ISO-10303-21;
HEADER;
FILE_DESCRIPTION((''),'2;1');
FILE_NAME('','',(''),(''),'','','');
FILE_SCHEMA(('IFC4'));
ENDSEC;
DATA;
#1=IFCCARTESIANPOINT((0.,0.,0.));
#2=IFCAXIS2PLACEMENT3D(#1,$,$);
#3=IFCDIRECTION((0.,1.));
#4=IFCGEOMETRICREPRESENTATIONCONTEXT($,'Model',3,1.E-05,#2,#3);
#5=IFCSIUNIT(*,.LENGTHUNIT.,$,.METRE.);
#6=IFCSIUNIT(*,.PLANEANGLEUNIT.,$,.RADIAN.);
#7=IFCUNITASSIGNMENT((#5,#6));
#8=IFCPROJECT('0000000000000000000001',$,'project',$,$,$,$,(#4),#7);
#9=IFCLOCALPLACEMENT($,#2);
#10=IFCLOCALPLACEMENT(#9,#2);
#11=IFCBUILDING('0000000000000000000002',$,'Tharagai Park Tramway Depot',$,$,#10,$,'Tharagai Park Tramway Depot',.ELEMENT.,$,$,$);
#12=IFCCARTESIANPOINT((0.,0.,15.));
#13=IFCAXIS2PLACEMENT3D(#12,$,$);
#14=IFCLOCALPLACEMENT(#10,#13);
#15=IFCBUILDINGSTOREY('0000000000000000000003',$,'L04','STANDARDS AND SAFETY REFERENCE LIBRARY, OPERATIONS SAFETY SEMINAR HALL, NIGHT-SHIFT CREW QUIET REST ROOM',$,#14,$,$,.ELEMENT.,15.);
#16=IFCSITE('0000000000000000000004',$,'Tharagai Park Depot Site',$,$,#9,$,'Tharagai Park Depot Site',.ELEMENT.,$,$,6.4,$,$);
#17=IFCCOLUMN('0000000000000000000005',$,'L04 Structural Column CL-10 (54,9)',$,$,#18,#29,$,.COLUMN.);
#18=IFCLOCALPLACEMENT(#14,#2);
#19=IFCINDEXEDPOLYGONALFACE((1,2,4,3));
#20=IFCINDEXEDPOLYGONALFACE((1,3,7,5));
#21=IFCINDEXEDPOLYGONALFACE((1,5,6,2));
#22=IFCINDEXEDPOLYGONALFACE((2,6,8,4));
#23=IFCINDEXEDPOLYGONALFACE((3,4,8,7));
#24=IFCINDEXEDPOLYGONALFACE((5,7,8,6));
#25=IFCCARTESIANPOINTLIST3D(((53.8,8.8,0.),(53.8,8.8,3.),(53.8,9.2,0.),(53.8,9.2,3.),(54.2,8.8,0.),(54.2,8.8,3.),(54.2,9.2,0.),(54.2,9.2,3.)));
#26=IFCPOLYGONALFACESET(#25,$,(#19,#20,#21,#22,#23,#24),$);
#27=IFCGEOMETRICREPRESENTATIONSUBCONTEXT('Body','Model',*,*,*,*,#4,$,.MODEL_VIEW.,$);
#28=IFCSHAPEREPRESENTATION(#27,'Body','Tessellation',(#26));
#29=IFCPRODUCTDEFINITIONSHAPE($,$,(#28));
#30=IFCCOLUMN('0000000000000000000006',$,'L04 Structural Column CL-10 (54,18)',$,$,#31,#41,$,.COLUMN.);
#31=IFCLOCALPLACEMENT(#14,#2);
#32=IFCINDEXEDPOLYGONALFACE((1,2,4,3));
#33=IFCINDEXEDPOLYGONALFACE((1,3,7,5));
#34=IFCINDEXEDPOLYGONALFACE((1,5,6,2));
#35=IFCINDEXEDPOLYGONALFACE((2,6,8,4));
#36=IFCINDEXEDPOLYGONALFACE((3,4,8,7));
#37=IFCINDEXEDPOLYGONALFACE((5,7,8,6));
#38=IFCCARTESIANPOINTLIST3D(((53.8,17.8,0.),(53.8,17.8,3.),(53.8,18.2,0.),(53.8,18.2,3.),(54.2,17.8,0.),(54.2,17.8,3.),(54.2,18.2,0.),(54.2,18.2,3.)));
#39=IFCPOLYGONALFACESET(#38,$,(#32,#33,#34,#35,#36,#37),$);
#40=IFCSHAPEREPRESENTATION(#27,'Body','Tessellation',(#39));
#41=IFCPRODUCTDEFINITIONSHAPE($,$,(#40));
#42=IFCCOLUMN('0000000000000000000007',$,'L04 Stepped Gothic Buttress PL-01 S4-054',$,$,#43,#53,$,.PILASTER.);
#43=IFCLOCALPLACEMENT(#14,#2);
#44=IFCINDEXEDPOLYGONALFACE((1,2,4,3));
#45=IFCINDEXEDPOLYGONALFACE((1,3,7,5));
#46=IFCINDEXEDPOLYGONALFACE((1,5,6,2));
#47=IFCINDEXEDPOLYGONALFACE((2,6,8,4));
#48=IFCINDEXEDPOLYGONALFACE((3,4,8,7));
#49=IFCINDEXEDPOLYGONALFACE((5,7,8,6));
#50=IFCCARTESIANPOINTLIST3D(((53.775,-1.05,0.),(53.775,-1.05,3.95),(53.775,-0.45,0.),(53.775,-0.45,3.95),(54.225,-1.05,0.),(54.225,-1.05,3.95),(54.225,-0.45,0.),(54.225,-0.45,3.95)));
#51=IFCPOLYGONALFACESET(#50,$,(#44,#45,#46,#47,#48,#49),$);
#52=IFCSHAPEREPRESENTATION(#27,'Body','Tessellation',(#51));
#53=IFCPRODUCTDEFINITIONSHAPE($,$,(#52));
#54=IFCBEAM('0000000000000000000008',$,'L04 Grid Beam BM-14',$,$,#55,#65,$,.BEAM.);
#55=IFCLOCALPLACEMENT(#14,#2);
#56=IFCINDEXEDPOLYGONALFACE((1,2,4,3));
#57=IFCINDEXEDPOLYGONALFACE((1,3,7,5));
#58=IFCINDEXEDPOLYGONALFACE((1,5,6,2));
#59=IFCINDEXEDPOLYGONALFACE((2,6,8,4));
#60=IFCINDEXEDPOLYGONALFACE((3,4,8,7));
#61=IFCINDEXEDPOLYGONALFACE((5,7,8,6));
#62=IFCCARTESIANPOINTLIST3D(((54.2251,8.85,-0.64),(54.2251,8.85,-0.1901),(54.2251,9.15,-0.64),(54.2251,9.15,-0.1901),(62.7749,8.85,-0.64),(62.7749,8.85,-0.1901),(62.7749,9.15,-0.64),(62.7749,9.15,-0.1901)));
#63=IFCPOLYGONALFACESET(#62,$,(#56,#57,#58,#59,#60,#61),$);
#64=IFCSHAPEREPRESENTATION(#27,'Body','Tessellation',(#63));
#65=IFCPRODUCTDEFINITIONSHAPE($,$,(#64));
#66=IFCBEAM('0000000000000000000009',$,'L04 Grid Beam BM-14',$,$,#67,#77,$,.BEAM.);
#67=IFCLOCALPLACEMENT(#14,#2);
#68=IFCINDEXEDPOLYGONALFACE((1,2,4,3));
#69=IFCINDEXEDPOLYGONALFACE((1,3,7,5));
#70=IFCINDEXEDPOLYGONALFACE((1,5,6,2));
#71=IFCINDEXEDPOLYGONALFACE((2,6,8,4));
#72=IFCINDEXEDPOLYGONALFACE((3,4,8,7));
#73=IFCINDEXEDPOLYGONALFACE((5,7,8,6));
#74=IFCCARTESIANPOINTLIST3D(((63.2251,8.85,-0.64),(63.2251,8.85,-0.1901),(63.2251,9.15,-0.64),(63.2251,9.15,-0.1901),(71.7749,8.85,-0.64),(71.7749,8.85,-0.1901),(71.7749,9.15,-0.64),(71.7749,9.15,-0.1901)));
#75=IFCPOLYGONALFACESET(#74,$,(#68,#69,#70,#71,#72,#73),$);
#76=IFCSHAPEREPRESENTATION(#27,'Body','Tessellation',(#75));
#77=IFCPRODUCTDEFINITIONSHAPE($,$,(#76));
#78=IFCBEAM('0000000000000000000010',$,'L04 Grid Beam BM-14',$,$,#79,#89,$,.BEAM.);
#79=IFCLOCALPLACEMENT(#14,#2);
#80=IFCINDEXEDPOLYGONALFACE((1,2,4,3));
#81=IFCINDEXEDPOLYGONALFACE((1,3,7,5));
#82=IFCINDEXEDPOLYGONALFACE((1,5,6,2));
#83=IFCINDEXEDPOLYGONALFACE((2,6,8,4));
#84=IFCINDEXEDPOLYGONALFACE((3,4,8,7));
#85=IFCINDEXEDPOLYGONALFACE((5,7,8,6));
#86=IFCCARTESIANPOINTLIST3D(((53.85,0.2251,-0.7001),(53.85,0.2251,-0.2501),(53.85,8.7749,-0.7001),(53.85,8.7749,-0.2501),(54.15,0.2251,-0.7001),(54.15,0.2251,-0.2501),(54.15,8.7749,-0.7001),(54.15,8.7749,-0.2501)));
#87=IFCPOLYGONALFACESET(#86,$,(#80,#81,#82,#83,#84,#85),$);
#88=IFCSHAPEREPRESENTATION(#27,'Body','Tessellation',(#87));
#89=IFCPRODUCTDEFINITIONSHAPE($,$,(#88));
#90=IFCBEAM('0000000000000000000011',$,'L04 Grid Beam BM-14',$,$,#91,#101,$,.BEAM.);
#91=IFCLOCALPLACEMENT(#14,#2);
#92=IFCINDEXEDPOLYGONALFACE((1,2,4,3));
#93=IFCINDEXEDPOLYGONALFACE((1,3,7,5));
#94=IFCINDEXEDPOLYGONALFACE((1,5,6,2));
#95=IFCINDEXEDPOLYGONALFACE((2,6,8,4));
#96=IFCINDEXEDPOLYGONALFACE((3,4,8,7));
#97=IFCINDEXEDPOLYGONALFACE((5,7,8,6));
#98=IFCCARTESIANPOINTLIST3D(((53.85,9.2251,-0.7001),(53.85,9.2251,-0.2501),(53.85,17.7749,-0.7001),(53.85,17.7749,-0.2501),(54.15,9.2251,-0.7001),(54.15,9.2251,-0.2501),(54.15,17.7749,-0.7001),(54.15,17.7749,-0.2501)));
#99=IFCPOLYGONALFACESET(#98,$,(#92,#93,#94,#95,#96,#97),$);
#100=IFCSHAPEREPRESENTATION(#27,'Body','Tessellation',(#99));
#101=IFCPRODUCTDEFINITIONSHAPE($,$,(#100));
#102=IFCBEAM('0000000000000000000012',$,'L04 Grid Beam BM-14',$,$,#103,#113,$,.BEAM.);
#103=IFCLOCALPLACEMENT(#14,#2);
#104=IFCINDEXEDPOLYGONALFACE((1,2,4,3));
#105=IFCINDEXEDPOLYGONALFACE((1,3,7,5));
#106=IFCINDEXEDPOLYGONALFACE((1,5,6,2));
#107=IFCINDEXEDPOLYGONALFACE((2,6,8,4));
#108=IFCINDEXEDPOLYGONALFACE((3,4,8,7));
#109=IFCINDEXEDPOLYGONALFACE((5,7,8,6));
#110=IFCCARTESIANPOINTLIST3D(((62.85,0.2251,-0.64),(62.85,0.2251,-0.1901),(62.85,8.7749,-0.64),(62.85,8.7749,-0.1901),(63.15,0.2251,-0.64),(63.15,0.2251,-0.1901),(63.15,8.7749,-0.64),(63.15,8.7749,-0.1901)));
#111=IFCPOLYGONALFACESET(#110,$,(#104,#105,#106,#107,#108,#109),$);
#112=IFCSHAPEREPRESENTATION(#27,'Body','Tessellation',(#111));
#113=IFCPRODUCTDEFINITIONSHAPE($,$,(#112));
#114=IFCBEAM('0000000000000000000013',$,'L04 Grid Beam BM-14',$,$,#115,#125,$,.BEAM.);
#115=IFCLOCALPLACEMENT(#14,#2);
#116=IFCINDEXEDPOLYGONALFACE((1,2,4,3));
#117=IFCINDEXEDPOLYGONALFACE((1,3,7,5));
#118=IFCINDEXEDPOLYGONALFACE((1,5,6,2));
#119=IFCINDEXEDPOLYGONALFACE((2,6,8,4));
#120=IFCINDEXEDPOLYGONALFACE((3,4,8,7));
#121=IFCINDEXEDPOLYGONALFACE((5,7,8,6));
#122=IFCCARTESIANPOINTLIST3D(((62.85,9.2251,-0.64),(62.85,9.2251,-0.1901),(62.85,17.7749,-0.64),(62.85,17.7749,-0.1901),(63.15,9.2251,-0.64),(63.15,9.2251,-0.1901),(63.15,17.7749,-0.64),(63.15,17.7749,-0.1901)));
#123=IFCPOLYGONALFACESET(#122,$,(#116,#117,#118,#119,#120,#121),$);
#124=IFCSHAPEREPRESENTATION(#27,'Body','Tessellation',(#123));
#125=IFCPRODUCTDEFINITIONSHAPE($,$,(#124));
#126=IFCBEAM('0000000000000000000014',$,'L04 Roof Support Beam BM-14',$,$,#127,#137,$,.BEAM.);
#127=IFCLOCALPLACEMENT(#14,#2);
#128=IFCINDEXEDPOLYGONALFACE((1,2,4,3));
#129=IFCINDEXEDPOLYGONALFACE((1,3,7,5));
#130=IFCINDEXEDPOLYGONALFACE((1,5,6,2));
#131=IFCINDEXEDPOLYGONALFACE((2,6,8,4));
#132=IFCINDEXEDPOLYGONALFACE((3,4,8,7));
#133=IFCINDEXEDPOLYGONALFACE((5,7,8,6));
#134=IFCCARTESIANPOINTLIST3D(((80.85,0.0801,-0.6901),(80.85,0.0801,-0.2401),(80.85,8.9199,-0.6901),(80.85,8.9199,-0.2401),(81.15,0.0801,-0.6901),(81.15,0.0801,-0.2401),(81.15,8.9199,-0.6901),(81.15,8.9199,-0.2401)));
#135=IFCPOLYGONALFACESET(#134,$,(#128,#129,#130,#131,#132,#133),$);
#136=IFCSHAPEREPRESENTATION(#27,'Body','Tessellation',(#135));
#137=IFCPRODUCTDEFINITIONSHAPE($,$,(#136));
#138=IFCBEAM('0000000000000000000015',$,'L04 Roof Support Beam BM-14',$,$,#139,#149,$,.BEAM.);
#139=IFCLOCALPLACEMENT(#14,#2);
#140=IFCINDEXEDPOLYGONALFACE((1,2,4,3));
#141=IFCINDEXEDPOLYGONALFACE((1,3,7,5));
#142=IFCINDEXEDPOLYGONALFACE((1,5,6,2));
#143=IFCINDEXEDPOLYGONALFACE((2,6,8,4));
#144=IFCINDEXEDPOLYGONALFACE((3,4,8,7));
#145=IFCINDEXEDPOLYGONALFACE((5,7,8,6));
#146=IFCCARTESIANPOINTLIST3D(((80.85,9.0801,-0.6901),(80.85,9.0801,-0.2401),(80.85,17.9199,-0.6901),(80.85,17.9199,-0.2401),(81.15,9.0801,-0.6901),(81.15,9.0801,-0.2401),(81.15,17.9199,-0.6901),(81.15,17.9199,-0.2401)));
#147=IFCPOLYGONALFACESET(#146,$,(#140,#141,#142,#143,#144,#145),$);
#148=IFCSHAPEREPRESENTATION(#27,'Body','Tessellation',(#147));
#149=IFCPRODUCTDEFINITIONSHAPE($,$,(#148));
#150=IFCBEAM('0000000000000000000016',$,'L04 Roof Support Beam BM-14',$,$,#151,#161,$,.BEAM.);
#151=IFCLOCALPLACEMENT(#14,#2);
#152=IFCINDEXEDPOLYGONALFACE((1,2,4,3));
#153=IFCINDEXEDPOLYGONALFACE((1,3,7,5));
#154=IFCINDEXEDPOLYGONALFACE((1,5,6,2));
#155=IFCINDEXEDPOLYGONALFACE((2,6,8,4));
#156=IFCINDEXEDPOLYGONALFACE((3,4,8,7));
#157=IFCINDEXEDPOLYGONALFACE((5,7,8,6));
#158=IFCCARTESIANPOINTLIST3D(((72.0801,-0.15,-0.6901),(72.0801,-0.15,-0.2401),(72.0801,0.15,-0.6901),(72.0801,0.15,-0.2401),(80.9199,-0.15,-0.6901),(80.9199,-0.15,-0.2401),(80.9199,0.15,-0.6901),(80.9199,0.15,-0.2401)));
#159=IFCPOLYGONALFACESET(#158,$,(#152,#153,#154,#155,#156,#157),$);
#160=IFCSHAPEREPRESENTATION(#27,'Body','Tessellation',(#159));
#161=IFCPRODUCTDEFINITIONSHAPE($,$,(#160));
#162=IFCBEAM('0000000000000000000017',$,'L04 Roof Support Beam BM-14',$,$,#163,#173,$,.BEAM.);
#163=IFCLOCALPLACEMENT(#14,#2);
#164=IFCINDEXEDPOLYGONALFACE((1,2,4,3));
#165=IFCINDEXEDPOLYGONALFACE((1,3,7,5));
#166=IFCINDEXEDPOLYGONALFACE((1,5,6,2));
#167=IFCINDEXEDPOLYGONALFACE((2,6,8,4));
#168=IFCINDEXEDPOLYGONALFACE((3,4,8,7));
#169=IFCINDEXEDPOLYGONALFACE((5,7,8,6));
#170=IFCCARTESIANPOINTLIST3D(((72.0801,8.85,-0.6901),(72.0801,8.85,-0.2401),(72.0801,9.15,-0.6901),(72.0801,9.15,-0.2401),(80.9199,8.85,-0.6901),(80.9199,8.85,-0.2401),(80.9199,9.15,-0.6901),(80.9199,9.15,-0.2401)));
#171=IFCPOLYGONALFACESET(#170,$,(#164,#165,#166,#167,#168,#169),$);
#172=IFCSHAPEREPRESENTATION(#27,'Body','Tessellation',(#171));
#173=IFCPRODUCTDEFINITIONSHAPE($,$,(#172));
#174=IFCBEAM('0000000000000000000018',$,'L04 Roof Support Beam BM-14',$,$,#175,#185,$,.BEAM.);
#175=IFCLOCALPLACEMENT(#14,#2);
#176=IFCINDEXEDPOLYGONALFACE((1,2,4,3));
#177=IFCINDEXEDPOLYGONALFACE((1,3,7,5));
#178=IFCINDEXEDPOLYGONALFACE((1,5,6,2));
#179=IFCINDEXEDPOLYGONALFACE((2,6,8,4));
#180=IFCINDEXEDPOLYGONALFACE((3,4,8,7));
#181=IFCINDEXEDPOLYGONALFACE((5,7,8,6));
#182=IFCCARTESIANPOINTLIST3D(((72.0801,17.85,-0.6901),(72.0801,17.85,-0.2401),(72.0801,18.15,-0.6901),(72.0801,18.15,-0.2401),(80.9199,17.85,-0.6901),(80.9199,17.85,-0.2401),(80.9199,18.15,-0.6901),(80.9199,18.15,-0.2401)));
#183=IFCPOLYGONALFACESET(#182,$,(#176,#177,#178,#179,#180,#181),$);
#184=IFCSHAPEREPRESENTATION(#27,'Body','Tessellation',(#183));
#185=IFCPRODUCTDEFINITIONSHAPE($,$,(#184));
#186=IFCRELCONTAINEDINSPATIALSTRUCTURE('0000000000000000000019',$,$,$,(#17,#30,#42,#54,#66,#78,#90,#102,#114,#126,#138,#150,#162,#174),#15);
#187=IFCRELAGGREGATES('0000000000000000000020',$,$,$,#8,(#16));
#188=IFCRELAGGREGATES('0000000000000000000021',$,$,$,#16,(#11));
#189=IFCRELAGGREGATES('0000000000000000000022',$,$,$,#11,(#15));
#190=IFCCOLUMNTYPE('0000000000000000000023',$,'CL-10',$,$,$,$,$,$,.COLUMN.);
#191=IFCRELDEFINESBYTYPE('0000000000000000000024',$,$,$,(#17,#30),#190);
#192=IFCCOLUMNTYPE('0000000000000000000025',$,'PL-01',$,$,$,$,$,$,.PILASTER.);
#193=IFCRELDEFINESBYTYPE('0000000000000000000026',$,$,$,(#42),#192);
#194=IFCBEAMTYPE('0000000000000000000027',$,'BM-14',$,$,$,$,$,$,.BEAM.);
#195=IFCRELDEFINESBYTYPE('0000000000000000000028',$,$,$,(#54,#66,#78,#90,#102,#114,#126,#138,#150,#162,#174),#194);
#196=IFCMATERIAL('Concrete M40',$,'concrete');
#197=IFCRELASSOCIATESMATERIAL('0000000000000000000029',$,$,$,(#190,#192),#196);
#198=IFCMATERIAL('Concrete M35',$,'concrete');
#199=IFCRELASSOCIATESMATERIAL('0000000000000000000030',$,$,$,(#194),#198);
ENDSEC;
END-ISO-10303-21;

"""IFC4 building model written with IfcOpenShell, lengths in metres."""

from ifc_helpers import new_model, si_unit, direction, frame, origin, origin_2d, place, context, subcontext, project, spatial, rectangle, extrude, material, material_profile, profile_set, type_object, element, save


model = new_model("IFC4")

# Units and contexts
model_context = context("Model", 3, precision=1e-05, world=origin(), true_north=direction((0.0, 1.0)))
body_context = subcontext(model_context, "Body", "Model", "MODEL_VIEW")
ifc_project = project(units=[si_unit("LENGTHUNIT", "METRE"), si_unit("PLANEANGLEUNIT", "RADIAN")], contexts=[model_context])

# Site, building, storey
site_placement = place(None, origin())
site = spatial("IfcSite", under=ifc_project, at=site_placement, Name="Tharagai Park Depot Site", LongName="Tharagai Park Depot Site", CompositionType="ELEMENT", RefElevation=6.4)
building_placement = place(site_placement, origin())
building = spatial("IfcBuilding", under=site, at=building_placement, Name="Tharagai Park Tramway Depot", LongName="Tharagai Park Tramway Depot", CompositionType="ELEMENT")
storey_placement = place(building_placement, frame((0.0, 0.0, 15.0)))
storey = spatial("IfcBuildingStorey", under=building, at=storey_placement, Name="L04", Description="STANDARDS AND SAFETY REFERENCE LIBRARY, OPERATIONS SAFETY SEMINAR HALL, NIGHT-SHIFT CREW QUIET REST ROOM", CompositionType="ELEMENT", Elevation=15.0)

# Columns
ifc_material_1 = material(Name="Concrete M40", Category="concrete")
ifc_material_profile_1 = material_profile(ifc_material_1, rectangle(XDim=0.3999, YDim=0.3999, at=origin_2d()), Name="RC 400x400")
ifc_profile_set_1 = profile_set([ifc_material_profile_1], Name="Concrete M40")
column_type_1 = type_object("IfcColumnType", Name="CL-10", PredefinedType="COLUMN", material=ifc_profile_set_1)
for number, where, z_axis, x_axis, name in (
    (1, (54.0, 9.0, 0.0), (0.0, 0.0, 1.0), (1.0, 0.0, 0.0), "L04 Structural Column CL-10 (54,9)"),
    (2, (54.0, 18.0, 0.0), (0.0, 0.0, 1.0), (1.0, 0.0, 0.0), "L04 Structural Column CL-10 (54,18)"),
):
    element("IfcColumn", number, at=place(storey_placement, frame(where, z_axis=z_axis, x_axis=x_axis)), inside=storey, type_object=column_type_1, Name=name, PredefinedType="COLUMN", context=body_context, shape_type="SweptSolid", body=[
        extrude(rectangle(XDim=0.3999, YDim=0.3999, at=origin_2d()), origin(), (0.0, 0.0, 1.0), 3.0),
    ])
ifc_material_profile_2 = material_profile(ifc_material_1, rectangle(XDim=0.45, YDim=0.6001, at=origin_2d()), Name="RC 450x600")
ifc_profile_set_2 = profile_set([ifc_material_profile_2], Name="Concrete M40")
column_type_2 = type_object("IfcColumnType", Name="PL-01", PredefinedType="PILASTER", material=ifc_profile_set_2)
column_placement = place(storey_placement, frame((54.0, -0.75, 0.0), z_axis=(0.0, 0.0, 1.0), x_axis=(1.0, 0.0, 0.0)))
element("IfcColumn", 3, at=column_placement, inside=storey, type_object=column_type_2, Name="L04 Stepped Gothic Buttress PL-01 S4-054", PredefinedType="PILASTER", context=body_context, shape_type="SweptSolid", body=[
    extrude(rectangle(XDim=0.45, YDim=0.6001, at=origin_2d()), origin(), (0.0, 0.0, 1.0), 3.95),
])

# Beams
ifc_material_2 = material(Name="Concrete M35", Category="concrete")
ifc_material_profile_3 = material_profile(ifc_material_2, rectangle(XDim=0.3, YDim=0.45, at=origin_2d()), Name="RC 300x450")
ifc_profile_set_3 = profile_set([ifc_material_profile_3], Name="Concrete M35")
beam_type_1 = type_object("IfcBeamType", Name="BM-14", PredefinedType="BEAM", material=ifc_profile_set_3)
for number, where, z_axis, x_axis, name in (
    (4, (54.2251, 9.0, -0.415), (1.0, 0.0, 0.0), (0.0, 1.0, 0.0), "L04 Grid Beam BM-14"),
    (5, (63.2251, 9.0, -0.415), (1.0, 0.0, 0.0), (0.0, 1.0, 0.0), "L04 Grid Beam BM-14"),
    (6, (54.0, 0.2251, -0.4751), (0.0, 1.0, 0.0), (-1.0, 0.0, 0.0), "L04 Grid Beam BM-14"),
    (7, (54.0, 9.2251, -0.4751), (0.0, 1.0, 0.0), (-1.0, 0.0, 0.0), "L04 Grid Beam BM-14"),
    (8, (63.0, 0.2251, -0.415), (0.0, 1.0, 0.0), (-1.0, 0.0, 0.0), "L04 Grid Beam BM-14"),
    (9, (63.0, 9.2251, -0.415), (0.0, 1.0, 0.0), (-1.0, 0.0, 0.0), "L04 Grid Beam BM-14"),
):
    element("IfcBeam", number, at=place(storey_placement, frame(where, z_axis=z_axis, x_axis=x_axis)), inside=storey, type_object=beam_type_1, Name=name, PredefinedType="BEAM", context=body_context, shape_type="SweptSolid", body=[
        extrude(rectangle(XDim=0.3, YDim=0.45, at=origin_2d()), origin(), (0.0, 0.0, 1.0), 8.5498),
    ])
for number, where, z_axis, x_axis, name in (
    (10, (81.0, 0.0801, -0.4651), (0.0, 1.0, 0.0), (-1.0, 0.0, 0.0), "L04 Roof Support Beam BM-14"),
    (11, (81.0, 9.0801, -0.4651), (0.0, 1.0, 0.0), (-1.0, 0.0, 0.0), "L04 Roof Support Beam BM-14"),
    (12, (72.0801, 0.0, -0.4651), (1.0, 0.0, 0.0), (0.0, 1.0, 0.0), "L04 Roof Support Beam BM-14"),
    (13, (72.0801, 9.0, -0.4651), (1.0, 0.0, 0.0), (0.0, 1.0, 0.0), "L04 Roof Support Beam BM-14"),
    (14, (72.0801, 18.0, -0.4651), (1.0, 0.0, 0.0), (0.0, 1.0, 0.0), "L04 Roof Support Beam BM-14"),
):
    element("IfcBeam", number, at=place(storey_placement, frame(where, z_axis=z_axis, x_axis=x_axis)), inside=storey, type_object=beam_type_1, Name=name, PredefinedType="BEAM", context=body_context, shape_type="SweptSolid", body=[
        extrude(rectangle(XDim=0.3, YDim=0.45, at=origin_2d()), origin(), (0.0, 0.0, 1.0), 8.8398),
    ])

save(model, "model.ifc")
